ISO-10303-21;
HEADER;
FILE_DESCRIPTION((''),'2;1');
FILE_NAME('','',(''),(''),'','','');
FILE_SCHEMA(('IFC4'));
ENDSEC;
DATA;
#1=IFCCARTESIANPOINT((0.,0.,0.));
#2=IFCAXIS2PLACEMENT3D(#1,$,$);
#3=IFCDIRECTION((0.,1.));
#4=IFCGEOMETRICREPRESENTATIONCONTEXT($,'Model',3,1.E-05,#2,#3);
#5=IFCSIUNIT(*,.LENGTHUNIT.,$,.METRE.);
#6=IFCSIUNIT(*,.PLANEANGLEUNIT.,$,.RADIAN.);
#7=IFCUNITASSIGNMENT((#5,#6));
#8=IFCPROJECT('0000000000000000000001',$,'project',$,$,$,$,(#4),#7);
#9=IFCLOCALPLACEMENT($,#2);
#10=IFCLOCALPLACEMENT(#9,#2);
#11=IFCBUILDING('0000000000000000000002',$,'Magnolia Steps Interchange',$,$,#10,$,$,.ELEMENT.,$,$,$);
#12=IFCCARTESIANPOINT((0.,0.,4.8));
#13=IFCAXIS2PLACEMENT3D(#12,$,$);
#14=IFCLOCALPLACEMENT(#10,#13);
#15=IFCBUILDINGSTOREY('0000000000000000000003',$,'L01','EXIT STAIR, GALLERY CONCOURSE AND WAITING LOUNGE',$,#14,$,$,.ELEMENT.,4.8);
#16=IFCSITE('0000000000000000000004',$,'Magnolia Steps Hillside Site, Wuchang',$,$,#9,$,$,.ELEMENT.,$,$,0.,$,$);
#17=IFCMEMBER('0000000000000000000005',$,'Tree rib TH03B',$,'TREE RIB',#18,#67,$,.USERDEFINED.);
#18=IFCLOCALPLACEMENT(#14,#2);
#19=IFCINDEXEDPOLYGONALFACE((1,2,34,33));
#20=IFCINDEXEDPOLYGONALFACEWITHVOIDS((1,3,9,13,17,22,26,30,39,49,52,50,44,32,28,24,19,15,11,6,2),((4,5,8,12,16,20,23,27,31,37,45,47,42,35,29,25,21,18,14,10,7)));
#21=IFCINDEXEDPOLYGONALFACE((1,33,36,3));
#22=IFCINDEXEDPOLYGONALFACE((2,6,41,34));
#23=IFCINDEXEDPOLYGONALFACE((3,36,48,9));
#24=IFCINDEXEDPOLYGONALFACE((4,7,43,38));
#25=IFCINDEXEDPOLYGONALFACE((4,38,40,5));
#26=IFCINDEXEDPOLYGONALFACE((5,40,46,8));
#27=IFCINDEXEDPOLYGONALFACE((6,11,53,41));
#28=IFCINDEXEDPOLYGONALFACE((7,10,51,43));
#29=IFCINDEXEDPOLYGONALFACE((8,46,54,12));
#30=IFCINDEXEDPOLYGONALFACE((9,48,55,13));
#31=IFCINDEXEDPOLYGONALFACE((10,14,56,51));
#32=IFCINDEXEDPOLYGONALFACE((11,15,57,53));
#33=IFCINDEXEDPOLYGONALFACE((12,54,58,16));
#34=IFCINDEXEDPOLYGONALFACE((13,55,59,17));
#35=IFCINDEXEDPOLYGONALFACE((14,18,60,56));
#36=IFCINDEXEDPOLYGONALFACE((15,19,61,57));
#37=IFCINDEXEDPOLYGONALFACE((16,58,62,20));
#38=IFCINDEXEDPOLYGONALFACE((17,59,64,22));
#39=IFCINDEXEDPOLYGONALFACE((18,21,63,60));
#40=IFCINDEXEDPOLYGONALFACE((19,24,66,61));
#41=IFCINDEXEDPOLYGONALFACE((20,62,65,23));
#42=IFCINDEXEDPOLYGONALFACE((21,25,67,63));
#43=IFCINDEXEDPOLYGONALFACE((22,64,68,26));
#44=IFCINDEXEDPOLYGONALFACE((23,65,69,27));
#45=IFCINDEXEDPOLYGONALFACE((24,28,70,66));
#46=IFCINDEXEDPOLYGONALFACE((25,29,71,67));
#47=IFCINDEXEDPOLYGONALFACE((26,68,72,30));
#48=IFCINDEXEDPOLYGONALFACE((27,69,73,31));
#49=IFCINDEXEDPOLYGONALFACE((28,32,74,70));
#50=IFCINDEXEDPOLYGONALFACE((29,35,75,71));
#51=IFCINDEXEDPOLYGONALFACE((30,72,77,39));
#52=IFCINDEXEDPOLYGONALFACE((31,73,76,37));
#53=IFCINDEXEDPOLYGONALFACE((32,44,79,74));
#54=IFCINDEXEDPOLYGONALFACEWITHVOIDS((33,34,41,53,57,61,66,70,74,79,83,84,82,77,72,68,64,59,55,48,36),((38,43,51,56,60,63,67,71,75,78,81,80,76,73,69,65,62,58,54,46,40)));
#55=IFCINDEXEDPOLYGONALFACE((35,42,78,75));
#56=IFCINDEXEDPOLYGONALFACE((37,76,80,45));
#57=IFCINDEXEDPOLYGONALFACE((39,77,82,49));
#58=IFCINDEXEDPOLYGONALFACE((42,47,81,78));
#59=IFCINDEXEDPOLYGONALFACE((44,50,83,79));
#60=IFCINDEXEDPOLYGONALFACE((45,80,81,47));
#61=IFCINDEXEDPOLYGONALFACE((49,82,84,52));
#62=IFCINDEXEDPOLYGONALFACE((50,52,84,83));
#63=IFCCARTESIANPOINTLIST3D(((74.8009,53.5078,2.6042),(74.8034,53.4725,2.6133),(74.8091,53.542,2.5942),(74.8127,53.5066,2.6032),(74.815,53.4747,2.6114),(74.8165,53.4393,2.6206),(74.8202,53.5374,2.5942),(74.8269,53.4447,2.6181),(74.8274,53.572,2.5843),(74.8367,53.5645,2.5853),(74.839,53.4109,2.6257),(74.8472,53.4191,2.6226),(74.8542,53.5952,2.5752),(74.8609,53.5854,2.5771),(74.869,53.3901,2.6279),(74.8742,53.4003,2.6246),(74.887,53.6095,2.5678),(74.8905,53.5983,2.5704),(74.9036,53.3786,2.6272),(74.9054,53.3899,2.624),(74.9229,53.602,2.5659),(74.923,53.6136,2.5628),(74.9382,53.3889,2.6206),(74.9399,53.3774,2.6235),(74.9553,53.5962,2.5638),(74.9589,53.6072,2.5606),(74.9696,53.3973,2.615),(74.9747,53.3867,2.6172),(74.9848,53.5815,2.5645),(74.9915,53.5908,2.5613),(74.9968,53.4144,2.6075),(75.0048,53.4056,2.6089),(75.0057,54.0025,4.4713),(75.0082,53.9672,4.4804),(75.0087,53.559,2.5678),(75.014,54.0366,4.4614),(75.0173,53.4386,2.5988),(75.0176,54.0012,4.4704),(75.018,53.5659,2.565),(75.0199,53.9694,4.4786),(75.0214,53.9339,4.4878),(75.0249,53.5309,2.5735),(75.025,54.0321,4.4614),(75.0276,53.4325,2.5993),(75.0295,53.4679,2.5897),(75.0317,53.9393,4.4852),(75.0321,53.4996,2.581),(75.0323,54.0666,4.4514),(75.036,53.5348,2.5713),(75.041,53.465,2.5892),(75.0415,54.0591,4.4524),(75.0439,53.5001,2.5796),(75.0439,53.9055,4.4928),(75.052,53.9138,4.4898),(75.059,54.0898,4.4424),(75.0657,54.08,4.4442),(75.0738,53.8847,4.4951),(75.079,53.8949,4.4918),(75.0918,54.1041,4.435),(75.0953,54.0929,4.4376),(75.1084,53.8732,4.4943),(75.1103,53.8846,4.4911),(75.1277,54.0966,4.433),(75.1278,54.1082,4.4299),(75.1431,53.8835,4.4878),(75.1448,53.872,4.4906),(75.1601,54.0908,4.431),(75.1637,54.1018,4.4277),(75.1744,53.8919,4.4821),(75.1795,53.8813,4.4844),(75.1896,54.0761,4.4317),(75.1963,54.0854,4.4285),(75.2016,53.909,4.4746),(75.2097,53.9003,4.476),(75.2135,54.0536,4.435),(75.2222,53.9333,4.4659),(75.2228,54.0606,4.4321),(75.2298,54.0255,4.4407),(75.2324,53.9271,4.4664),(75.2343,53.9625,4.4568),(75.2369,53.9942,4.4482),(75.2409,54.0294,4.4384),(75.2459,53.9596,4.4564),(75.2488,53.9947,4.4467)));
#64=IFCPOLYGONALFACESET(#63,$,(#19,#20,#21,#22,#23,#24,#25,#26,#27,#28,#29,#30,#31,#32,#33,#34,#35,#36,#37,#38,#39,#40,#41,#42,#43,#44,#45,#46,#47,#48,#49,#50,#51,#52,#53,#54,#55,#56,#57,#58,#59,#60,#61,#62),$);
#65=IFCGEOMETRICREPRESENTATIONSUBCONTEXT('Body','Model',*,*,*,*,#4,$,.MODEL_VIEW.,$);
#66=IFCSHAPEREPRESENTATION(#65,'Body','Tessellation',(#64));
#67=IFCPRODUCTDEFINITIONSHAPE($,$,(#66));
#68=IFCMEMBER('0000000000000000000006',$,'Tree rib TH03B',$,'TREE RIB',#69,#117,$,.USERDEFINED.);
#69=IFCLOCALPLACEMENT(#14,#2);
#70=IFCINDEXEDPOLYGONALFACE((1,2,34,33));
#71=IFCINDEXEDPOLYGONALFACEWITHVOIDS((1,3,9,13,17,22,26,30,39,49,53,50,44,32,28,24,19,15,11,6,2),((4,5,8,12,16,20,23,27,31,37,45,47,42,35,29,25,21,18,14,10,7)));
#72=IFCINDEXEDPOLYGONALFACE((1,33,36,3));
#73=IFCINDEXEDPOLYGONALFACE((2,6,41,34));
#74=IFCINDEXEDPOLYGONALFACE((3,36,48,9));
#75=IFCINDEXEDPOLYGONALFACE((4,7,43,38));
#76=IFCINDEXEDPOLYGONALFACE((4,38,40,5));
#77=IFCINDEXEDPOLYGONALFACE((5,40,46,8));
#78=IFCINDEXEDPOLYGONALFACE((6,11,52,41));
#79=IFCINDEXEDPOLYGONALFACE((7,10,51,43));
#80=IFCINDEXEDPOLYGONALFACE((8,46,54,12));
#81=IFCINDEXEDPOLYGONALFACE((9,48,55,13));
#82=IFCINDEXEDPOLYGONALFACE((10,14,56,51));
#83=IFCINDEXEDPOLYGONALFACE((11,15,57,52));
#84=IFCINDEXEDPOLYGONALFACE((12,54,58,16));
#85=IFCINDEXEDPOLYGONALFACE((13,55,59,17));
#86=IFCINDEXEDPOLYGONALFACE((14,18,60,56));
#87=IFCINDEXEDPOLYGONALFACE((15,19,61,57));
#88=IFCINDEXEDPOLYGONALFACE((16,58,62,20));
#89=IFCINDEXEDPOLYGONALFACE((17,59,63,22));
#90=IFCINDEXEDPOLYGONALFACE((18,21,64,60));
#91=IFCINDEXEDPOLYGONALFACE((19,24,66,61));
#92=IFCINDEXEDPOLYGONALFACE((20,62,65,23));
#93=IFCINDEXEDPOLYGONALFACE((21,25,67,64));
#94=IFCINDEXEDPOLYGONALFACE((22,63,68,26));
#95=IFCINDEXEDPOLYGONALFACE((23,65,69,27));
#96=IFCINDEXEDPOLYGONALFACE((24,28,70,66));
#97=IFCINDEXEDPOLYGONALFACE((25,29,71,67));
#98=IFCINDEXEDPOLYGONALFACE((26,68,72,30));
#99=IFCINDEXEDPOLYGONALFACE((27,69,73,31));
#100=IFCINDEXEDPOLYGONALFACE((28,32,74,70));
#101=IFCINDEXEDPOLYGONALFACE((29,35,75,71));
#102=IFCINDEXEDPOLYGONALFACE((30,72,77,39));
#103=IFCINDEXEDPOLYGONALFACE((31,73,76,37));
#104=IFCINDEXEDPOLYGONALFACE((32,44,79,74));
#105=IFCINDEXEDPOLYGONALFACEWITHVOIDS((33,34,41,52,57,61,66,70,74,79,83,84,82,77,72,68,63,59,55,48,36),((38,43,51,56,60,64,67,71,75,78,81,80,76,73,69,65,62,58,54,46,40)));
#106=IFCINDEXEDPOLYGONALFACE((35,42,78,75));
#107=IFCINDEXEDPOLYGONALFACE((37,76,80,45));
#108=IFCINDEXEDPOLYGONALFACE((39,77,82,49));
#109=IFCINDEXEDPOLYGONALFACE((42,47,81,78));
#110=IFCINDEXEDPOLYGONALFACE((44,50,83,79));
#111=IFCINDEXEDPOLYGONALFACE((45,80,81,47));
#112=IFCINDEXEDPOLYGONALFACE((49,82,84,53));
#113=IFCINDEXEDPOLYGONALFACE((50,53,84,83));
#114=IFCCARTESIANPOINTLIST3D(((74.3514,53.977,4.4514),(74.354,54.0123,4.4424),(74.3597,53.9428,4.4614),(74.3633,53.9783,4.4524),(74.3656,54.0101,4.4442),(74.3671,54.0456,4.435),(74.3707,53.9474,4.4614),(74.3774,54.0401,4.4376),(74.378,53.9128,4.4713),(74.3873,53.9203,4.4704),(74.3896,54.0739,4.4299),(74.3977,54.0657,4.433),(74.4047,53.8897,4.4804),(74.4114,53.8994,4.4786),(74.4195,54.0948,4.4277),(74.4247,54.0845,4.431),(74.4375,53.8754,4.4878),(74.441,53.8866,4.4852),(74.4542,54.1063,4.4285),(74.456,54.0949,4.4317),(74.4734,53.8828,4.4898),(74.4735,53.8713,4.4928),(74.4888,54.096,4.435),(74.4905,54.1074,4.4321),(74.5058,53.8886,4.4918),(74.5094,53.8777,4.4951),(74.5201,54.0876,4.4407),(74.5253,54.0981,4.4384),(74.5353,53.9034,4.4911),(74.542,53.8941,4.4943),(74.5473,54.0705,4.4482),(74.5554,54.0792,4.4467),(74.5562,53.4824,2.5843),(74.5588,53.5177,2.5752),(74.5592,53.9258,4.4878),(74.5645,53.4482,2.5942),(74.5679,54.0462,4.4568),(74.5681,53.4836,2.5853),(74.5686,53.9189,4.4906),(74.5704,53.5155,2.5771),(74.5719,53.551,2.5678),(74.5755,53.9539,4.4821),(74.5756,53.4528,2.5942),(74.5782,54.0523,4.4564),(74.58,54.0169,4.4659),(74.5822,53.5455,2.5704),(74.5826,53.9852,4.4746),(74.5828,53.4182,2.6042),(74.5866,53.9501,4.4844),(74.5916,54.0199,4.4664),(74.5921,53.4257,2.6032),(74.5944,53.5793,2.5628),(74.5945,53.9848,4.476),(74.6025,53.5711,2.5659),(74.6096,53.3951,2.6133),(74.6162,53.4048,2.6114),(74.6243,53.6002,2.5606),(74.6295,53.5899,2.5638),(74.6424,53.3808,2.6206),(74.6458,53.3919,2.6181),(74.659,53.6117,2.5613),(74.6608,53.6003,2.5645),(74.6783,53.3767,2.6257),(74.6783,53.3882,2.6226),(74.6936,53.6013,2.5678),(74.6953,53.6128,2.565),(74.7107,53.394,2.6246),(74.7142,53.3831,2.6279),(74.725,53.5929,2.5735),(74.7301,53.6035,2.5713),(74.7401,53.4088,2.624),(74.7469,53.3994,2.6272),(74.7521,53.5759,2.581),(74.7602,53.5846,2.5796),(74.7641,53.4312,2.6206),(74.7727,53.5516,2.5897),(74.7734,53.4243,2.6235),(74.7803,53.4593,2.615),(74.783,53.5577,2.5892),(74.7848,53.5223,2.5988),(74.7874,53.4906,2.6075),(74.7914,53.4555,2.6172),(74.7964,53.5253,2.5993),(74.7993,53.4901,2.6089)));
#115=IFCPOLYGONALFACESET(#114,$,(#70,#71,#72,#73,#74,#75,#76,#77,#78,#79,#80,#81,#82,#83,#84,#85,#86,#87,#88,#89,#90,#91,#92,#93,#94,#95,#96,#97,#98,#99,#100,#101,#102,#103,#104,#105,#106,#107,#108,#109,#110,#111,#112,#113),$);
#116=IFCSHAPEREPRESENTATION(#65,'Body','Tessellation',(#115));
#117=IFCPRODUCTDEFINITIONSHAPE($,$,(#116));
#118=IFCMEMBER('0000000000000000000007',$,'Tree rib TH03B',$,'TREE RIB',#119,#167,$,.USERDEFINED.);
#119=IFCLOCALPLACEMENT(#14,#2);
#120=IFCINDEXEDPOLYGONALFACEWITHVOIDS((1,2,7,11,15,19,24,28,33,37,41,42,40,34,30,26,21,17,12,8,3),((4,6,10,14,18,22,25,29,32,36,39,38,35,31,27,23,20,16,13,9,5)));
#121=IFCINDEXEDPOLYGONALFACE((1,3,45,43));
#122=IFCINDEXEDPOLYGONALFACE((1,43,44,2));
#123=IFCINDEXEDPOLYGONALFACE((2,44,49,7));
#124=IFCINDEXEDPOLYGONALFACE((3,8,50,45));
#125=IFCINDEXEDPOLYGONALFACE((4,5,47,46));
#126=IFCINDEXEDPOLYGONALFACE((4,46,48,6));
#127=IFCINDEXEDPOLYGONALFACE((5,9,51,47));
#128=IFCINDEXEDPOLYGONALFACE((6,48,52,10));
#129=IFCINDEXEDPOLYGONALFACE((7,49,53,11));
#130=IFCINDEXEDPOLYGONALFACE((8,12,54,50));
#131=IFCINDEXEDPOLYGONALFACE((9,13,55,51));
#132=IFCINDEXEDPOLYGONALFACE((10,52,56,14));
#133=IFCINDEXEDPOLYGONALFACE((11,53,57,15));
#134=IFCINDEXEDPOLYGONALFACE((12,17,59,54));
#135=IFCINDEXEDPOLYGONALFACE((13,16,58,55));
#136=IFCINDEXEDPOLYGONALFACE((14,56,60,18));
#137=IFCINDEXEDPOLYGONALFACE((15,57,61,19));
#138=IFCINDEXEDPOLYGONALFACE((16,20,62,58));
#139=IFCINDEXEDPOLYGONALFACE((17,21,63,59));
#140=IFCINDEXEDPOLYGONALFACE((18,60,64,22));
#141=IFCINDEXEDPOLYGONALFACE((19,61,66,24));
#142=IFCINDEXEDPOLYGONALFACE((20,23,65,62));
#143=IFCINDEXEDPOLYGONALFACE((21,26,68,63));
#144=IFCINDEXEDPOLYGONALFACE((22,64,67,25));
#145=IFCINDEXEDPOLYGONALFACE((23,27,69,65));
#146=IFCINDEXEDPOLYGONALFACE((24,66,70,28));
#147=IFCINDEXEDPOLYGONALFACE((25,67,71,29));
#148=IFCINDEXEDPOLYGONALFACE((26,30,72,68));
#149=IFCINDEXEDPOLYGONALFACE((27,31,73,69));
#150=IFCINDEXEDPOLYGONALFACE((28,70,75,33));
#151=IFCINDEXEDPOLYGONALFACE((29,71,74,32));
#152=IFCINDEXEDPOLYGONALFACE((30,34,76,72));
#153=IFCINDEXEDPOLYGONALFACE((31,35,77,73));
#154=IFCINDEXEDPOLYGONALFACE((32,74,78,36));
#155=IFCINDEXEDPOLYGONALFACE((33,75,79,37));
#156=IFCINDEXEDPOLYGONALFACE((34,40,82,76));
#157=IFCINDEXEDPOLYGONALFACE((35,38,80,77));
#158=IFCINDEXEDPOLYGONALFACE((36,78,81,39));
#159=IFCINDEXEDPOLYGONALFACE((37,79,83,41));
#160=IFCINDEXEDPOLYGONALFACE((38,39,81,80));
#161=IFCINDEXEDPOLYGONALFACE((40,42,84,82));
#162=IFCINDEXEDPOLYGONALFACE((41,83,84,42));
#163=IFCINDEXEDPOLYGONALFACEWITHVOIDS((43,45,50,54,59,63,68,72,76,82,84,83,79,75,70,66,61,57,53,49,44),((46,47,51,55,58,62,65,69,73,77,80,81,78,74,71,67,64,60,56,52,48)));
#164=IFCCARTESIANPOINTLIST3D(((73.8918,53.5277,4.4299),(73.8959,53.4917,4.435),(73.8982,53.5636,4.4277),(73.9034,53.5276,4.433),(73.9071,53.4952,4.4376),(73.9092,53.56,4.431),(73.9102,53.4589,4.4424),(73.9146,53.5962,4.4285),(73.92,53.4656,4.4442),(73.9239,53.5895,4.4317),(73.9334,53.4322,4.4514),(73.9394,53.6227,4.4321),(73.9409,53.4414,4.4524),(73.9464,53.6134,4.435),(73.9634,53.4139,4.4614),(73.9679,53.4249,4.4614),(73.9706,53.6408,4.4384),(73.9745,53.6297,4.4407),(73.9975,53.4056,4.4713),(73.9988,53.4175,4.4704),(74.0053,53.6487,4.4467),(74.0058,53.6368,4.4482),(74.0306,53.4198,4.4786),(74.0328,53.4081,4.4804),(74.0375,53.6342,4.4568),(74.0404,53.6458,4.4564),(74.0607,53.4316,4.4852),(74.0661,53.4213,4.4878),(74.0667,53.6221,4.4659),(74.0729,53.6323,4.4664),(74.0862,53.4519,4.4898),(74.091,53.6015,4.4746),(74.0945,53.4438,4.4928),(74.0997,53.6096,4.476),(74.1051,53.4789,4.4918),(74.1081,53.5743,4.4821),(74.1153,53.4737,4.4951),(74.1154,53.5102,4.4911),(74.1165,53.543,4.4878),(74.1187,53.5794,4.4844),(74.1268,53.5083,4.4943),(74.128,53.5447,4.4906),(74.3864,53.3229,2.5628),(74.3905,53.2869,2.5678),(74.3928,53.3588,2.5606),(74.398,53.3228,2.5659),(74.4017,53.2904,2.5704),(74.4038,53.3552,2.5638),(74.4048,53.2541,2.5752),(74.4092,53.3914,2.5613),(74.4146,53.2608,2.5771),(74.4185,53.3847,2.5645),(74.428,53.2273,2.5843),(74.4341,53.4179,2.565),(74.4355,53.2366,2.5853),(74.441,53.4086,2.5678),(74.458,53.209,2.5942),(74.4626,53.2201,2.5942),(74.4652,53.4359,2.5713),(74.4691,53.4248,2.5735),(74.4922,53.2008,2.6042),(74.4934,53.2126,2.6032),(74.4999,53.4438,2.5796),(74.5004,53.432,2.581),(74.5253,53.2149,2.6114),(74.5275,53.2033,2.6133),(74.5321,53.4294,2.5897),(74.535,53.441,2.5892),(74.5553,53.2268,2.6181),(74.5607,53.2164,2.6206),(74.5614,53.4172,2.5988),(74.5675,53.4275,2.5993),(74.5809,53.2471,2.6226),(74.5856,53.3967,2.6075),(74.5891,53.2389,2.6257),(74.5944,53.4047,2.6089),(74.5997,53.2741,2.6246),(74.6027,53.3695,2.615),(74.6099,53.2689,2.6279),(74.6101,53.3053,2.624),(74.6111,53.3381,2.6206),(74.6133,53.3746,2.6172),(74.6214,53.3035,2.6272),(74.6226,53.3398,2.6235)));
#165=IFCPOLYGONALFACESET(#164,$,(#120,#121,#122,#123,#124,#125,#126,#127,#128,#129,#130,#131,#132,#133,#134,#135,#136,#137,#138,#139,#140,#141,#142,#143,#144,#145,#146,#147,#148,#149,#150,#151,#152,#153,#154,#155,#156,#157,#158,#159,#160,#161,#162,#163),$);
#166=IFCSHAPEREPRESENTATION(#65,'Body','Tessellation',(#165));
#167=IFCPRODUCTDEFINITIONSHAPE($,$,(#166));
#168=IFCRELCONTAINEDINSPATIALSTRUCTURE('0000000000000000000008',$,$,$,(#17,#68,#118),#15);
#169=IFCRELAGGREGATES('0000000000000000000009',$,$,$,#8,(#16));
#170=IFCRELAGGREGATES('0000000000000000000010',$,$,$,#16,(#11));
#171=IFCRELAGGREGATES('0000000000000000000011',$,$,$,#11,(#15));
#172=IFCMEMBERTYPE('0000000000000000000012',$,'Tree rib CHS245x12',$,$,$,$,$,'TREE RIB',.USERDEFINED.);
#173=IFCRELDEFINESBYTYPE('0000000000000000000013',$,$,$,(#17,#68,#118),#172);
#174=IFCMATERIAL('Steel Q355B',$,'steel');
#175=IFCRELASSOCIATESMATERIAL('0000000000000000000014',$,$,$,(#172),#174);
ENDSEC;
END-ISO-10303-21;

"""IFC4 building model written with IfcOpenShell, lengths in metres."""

from ifc_helpers import new_model, si_unit, direction, frame, origin, origin_2d, place, context, subcontext, project, spatial, hollow_circle, extrude, material, material_profile, profile_set, type_object, element, save


model = new_model("IFC4")

# Units and contexts
model_context = context("Model", 3, precision=1e-05, world=origin(), true_north=direction((0.0, 1.0)))
body_context = subcontext(model_context, "Body", "Model", "MODEL_VIEW")
ifc_project = project(units=[si_unit("LENGTHUNIT", "METRE"), si_unit("PLANEANGLEUNIT", "RADIAN")], contexts=[model_context])

# Site, building, storey
site_placement = place(None, origin())
site = spatial("IfcSite", under=ifc_project, at=site_placement, Name="Magnolia Steps Hillside Site, Wuchang", CompositionType="ELEMENT", RefElevation=0.0)
building_placement = place(site_placement, origin())
building = spatial("IfcBuilding", under=site, at=building_placement, Name="Magnolia Steps Interchange", CompositionType="ELEMENT")
storey_placement = place(building_placement, frame((0.0, 0.0, 4.8)))
storey = spatial("IfcBuildingStorey", under=building, at=storey_placement, Name="L01", Description="EXIT STAIR, GALLERY CONCOURSE AND WAITING LOUNGE", CompositionType="ELEMENT", Elevation=4.8)

# Members
ifc_material_1 = material(Name="Steel Q355B", Category="steel")
ifc_material_profile_1 = material_profile(ifc_material_1, hollow_circle(Radius=0.1226, WallThickness=0.012, at=origin_2d()), Name="CHS245x12")
ifc_profile_set_1 = profile_set([ifc_material_profile_1], Name="Steel Q355B")
member_type_1 = type_object("IfcMemberType", Name="Tree rib CHS245x12", ElementType="TREE RIB", PredefinedType="USERDEFINED", material=ifc_profile_set_1)
for number, where, z_axis, x_axis, name in (
    (1, (74.9224, 53.4951, 2.5942), (0.105453, 0.254645, 0.961268), (-0.923911, 0.382607, 0.0), "Tree rib TH03B"),
    (2, (74.6777, 53.4951, 2.5942), (-0.105453, 0.254645, 0.961268), (-0.923911, -0.382607, 0.0), "Tree rib TH03B"),
    (3, (74.5049, 53.3223, 2.5942), (-0.254645, 0.105453, 0.961268), (-0.382607, -0.923911, 0.0), "Tree rib TH03B"),
):
    element("IfcMember", number, at=place(storey_placement, frame(where, z_axis=z_axis, x_axis=x_axis)), inside=storey, type_object=member_type_1, Name=name, ObjectType="TREE RIB", PredefinedType="USERDEFINED", context=body_context, shape_type="SweptSolid", body=[
        extrude(hollow_circle(Radius=0.1226, WallThickness=0.012, at=origin_2d()), origin(), (0.0, 0.0, 1.0), 1.9424),
    ])

save(model, "model.ifc")
